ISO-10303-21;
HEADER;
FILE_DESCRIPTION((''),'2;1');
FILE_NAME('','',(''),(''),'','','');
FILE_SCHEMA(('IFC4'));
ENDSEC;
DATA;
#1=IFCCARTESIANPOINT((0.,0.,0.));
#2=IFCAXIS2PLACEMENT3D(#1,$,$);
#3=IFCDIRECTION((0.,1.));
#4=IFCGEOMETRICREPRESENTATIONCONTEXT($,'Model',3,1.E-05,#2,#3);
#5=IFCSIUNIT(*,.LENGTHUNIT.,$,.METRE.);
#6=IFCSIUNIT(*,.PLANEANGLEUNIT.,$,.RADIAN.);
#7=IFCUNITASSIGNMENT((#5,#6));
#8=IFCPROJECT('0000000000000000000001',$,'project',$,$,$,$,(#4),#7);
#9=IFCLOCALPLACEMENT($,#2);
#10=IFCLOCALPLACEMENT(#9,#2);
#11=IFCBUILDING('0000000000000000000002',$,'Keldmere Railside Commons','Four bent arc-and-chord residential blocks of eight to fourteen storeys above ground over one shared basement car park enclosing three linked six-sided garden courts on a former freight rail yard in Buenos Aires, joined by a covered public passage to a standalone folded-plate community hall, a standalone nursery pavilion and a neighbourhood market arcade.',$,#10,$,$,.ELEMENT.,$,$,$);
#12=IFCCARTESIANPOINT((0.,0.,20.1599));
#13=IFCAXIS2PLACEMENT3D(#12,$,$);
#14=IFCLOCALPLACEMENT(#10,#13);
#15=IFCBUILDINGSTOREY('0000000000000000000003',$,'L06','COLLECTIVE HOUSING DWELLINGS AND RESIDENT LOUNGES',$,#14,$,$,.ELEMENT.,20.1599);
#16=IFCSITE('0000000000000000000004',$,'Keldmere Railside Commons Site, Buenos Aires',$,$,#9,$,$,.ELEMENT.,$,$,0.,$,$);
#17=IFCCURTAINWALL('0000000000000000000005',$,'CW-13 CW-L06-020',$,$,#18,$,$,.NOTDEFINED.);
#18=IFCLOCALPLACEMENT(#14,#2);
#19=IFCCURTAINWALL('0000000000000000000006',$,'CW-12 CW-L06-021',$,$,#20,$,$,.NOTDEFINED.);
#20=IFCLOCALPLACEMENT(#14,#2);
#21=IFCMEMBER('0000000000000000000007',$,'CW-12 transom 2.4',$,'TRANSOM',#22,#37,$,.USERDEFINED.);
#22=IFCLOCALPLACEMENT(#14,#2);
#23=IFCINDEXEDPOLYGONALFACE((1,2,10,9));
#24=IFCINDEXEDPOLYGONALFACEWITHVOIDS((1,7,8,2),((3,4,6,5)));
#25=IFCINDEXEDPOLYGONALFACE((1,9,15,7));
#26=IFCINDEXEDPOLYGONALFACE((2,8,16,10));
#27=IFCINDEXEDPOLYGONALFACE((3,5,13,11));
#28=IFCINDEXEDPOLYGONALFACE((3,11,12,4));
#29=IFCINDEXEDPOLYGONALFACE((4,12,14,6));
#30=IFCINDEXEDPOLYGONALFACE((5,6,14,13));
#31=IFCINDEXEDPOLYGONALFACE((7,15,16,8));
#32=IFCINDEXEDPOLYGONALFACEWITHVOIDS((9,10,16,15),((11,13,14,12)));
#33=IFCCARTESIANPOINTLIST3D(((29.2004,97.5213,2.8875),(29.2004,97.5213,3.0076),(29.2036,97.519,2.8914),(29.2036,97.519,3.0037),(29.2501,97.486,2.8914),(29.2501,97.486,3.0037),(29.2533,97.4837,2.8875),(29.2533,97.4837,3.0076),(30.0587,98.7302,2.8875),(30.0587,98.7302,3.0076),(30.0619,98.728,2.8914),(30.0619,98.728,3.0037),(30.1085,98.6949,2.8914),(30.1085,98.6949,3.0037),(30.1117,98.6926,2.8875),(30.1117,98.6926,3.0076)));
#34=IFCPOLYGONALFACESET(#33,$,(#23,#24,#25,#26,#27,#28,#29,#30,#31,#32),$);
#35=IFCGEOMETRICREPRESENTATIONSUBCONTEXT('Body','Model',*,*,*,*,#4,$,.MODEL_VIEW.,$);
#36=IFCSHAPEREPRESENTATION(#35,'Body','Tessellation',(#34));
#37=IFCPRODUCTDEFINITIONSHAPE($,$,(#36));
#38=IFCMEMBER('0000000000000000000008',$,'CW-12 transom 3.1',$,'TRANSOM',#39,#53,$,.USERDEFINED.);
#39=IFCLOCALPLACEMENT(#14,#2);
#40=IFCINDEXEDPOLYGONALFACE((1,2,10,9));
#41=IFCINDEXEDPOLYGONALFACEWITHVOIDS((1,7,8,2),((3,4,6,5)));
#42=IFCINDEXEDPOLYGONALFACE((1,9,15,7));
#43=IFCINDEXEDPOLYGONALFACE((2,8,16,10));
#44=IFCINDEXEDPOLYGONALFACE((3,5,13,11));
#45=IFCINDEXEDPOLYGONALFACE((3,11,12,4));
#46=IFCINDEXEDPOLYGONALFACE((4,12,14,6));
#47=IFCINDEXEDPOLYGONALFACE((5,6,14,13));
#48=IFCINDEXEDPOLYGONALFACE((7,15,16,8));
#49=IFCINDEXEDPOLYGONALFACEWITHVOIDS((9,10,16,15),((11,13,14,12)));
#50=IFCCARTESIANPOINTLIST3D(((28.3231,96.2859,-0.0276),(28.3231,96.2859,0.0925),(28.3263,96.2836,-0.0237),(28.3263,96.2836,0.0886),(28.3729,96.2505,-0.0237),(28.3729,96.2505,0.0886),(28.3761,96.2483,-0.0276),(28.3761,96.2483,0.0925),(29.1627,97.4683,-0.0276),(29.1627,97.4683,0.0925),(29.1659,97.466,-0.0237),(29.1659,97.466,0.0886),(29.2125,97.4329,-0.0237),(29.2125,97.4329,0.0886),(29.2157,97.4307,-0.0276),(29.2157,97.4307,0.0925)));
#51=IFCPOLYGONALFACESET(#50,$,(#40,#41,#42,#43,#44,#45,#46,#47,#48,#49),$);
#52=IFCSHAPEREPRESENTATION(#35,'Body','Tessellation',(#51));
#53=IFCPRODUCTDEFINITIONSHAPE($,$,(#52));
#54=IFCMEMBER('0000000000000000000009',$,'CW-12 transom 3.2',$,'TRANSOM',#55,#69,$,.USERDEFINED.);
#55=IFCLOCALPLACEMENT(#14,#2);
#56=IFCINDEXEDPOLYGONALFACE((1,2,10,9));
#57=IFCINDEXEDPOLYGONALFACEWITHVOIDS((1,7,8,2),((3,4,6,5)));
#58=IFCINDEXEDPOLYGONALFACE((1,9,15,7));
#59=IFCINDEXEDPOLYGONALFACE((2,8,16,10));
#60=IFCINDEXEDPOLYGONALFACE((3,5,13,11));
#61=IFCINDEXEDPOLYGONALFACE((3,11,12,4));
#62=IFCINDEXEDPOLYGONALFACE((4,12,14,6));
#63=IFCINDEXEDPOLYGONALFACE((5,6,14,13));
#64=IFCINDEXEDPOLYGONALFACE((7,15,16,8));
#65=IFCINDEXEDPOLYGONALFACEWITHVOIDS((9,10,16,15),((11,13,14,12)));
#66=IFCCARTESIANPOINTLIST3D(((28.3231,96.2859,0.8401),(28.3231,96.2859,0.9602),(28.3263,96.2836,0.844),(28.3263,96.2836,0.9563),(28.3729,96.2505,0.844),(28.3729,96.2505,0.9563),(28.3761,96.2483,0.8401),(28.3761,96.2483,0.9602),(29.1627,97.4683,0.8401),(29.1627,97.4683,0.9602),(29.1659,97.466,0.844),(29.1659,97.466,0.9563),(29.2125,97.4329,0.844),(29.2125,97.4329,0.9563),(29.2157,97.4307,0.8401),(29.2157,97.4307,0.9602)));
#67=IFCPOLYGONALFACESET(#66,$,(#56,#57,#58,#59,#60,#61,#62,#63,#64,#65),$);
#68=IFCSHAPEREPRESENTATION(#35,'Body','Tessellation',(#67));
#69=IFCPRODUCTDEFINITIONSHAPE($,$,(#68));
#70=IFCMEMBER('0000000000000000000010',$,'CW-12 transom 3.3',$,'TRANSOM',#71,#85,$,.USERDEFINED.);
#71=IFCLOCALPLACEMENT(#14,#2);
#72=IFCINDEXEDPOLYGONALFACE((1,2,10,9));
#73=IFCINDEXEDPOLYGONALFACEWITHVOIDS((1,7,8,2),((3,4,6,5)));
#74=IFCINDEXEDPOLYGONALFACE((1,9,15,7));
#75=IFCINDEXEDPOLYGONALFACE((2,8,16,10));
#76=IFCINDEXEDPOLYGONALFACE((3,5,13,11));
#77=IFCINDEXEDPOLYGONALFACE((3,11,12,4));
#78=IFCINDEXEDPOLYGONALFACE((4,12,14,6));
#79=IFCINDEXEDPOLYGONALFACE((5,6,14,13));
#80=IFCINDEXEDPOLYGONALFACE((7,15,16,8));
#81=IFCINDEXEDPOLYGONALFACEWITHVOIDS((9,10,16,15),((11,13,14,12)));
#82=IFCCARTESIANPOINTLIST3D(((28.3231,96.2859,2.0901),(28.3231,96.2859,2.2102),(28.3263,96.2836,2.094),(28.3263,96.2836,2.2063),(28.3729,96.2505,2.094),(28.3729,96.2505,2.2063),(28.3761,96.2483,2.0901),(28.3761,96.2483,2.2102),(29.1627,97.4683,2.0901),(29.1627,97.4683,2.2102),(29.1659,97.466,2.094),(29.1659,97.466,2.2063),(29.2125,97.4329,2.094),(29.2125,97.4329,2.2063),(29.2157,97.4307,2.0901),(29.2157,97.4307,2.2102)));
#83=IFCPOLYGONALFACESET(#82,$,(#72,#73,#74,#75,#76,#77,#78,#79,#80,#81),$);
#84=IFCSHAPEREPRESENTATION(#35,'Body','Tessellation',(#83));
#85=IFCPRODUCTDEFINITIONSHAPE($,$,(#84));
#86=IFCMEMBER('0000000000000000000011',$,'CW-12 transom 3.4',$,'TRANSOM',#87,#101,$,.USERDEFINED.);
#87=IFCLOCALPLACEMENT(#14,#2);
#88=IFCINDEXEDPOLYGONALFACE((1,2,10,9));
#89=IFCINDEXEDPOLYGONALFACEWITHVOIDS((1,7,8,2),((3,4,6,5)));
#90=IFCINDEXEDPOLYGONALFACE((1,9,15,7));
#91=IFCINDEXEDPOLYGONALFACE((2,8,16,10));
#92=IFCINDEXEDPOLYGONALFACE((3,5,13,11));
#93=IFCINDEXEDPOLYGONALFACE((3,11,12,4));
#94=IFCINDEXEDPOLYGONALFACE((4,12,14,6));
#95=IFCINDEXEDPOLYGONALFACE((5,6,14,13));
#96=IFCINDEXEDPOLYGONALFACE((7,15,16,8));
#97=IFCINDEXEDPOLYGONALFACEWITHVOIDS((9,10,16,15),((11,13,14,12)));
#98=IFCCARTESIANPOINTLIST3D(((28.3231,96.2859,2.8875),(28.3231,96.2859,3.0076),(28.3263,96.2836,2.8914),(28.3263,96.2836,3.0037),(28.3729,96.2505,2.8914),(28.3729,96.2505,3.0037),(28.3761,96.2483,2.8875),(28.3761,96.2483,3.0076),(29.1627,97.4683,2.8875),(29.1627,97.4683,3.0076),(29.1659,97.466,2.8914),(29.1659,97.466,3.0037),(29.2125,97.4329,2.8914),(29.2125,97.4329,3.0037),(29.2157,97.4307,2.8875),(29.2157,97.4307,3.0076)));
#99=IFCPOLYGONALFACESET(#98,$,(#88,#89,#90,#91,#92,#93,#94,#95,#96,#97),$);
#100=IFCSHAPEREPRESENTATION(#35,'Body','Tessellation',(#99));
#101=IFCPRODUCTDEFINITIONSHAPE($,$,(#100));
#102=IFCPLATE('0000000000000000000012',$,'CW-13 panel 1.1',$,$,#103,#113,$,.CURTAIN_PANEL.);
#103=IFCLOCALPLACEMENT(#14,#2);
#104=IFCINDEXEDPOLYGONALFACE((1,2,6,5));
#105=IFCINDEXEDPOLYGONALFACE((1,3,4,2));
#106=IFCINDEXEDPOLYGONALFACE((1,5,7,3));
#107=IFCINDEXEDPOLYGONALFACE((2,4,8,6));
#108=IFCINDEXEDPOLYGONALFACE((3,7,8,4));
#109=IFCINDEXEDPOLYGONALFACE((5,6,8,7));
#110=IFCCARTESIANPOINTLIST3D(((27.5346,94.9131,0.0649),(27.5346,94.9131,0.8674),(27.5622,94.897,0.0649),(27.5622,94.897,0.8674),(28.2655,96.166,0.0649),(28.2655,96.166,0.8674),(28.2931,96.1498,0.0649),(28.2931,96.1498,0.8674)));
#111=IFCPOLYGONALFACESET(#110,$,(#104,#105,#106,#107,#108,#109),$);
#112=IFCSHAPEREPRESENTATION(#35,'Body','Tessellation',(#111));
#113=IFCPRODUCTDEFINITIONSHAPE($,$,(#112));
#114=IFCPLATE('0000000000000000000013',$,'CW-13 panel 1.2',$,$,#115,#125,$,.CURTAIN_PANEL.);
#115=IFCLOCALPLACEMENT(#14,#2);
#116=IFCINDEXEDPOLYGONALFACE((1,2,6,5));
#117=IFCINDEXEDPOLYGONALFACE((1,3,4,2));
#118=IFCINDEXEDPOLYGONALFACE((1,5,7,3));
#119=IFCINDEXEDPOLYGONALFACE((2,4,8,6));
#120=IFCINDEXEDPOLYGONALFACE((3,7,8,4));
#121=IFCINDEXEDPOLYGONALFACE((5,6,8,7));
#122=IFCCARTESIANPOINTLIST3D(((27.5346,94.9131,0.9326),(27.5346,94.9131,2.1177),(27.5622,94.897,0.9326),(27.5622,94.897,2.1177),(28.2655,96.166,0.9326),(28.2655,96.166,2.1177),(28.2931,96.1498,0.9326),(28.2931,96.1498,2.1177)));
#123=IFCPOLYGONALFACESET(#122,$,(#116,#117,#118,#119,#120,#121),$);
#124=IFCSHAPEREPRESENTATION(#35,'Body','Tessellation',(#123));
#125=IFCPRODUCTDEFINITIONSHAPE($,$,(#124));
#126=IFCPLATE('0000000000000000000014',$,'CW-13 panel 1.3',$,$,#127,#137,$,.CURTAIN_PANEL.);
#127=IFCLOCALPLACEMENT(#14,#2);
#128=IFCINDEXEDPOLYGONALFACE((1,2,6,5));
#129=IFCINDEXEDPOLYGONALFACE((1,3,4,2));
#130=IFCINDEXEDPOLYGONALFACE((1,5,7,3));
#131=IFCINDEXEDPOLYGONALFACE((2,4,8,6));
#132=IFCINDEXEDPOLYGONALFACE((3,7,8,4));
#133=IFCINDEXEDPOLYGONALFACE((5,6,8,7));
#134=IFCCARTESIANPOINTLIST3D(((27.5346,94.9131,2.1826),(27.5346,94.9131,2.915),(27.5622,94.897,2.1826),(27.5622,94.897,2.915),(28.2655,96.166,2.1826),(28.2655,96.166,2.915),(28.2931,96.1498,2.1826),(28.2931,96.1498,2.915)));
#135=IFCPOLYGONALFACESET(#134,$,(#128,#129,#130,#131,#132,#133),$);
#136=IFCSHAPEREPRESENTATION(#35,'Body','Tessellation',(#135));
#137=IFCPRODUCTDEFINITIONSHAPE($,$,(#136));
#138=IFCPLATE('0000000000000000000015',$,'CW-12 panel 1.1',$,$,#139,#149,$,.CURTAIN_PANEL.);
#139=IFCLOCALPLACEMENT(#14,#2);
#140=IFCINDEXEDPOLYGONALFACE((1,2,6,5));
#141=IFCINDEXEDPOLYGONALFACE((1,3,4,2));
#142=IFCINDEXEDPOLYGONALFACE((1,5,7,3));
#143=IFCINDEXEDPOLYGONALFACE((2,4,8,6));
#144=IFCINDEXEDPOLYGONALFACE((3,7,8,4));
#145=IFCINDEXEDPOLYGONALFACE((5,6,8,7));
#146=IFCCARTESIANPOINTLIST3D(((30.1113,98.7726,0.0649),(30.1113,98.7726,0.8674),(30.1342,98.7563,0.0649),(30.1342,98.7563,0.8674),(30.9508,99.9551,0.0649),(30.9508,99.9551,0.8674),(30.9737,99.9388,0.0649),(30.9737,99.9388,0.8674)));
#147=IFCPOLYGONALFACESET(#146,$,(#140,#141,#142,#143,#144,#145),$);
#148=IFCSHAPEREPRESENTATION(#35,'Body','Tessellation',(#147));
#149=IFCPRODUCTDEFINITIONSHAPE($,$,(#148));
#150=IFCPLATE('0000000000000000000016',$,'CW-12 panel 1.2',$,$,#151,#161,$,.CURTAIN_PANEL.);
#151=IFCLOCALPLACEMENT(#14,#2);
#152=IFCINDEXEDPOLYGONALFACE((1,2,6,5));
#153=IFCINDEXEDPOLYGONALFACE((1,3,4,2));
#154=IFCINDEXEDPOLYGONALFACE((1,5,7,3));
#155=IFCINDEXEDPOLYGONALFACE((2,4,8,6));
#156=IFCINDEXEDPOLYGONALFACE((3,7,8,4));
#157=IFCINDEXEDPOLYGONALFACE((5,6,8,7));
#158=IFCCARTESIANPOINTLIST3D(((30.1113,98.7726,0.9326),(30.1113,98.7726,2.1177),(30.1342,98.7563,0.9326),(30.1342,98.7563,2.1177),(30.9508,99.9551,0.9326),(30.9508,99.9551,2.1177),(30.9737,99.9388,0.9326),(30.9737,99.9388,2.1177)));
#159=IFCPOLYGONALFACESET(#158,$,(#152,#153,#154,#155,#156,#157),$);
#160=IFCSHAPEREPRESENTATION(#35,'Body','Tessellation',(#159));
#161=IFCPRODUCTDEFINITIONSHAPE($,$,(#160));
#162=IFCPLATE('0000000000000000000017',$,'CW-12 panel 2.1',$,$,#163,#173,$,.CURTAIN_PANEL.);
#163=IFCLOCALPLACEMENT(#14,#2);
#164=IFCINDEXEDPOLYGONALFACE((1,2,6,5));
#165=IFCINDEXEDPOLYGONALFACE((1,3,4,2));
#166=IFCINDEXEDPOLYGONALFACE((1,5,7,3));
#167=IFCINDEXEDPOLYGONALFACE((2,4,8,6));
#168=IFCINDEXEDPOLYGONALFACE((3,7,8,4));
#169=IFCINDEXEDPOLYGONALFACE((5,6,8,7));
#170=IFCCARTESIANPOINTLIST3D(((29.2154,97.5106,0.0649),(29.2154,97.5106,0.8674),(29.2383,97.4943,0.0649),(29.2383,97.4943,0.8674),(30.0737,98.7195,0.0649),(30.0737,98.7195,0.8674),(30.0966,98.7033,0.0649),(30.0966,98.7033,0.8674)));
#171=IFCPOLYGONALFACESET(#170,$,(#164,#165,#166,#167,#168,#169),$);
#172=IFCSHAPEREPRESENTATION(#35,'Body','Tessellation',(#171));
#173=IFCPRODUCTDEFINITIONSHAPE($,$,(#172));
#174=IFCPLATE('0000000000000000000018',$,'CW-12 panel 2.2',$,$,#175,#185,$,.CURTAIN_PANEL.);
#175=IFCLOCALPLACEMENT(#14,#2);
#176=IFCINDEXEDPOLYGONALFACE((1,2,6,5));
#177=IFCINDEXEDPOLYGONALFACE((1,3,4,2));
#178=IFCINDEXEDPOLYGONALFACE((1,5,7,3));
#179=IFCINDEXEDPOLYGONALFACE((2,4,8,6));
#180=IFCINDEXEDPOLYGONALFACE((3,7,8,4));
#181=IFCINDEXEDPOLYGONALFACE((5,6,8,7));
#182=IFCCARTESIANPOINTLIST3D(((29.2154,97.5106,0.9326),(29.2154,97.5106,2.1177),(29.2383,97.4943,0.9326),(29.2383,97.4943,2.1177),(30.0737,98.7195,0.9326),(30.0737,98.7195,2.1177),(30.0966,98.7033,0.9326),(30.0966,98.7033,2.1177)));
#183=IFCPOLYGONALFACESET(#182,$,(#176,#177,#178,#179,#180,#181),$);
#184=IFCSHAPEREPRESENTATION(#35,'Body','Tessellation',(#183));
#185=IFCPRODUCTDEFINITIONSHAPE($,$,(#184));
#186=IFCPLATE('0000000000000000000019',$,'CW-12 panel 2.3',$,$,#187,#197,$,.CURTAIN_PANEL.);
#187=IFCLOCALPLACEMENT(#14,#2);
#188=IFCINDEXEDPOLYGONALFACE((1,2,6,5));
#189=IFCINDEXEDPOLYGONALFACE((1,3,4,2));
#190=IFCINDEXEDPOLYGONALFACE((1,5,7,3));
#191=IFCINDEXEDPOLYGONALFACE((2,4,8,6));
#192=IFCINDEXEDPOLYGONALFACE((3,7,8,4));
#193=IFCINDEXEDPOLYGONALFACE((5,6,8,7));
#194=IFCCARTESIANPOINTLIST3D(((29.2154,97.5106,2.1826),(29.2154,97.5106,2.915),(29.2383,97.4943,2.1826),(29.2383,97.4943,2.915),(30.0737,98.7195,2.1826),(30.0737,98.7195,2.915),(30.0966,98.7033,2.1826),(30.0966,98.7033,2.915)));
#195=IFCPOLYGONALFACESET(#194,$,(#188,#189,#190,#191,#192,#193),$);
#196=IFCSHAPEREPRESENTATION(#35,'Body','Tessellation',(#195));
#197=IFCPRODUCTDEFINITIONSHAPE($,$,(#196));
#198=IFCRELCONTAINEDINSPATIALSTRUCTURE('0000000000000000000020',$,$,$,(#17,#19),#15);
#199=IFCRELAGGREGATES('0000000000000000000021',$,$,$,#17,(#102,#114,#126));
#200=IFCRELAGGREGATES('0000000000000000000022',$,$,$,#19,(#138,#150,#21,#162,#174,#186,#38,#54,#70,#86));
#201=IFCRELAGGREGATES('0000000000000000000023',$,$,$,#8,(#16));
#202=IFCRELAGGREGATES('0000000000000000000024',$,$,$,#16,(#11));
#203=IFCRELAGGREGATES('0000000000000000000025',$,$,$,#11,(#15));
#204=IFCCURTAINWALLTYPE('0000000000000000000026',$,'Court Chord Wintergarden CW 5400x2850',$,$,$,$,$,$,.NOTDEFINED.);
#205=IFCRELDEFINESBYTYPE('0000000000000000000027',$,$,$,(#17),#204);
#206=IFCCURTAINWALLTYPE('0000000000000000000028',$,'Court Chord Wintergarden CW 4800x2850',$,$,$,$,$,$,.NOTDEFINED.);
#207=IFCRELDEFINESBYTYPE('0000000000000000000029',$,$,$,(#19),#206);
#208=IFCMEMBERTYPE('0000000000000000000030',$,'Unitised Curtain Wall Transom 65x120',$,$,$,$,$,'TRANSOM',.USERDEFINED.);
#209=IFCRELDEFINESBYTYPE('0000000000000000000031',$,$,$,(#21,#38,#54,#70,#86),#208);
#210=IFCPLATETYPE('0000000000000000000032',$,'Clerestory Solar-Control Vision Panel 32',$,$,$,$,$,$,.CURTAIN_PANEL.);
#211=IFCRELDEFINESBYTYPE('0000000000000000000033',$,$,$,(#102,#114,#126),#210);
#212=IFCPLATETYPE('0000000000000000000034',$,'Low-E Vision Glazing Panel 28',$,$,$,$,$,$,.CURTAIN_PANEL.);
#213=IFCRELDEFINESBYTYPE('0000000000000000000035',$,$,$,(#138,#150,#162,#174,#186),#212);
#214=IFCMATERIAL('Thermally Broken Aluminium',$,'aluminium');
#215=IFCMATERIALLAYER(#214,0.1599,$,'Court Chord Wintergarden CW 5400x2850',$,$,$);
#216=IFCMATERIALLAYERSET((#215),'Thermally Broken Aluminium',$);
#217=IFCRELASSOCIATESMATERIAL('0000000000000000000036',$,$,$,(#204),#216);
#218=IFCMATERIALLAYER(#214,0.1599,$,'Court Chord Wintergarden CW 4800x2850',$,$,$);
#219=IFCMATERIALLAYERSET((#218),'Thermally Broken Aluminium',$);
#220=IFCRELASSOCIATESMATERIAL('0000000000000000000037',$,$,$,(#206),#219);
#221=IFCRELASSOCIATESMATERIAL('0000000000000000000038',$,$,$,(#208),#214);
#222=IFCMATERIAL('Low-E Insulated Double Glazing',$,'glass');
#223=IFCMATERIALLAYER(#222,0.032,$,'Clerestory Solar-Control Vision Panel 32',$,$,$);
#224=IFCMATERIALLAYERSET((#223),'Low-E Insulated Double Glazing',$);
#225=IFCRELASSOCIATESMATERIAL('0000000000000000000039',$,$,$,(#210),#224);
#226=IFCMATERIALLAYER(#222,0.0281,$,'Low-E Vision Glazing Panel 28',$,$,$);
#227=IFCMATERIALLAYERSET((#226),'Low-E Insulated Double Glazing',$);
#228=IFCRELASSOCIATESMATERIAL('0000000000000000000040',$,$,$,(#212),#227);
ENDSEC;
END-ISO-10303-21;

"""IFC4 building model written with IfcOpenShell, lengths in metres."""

from ifc_helpers import new_model, si_unit, direction, frame, origin, origin_2d, place, context, subcontext, project, spatial, rectangle, hollow_rectangle, extrude, material, layer, layer_set, material_profile, profile_set, type_object, element, aggregate, save


model = new_model("IFC4")

# Units and contexts
model_context = context("Model", 3, precision=1e-05, world=origin(), true_north=direction((0.0, 1.0)))
body_context = subcontext(model_context, "Body", "Model", "MODEL_VIEW")
ifc_project = project(units=[si_unit("LENGTHUNIT", "METRE"), si_unit("PLANEANGLEUNIT", "RADIAN")], contexts=[model_context])

# Site, building, storey
site_placement = place(None, origin())
site = spatial("IfcSite", under=ifc_project, at=site_placement, Name="Keldmere Railside Commons Site, Buenos Aires", CompositionType="ELEMENT", RefElevation=0.0)
building_placement = place(site_placement, origin())
building = spatial("IfcBuilding", under=site, at=building_placement, Name="Keldmere Railside Commons", Description="Four bent arc-and-chord residential blocks of eight to fourteen storeys above ground over one shared basement car park enclosing three linked six-sided garden courts on a former freight rail yard in Buenos Aires, joined by a covered public passage to a standalone folded-plate community hall, a standalone nursery pavilion and a neighbourhood market arcade.", CompositionType="ELEMENT")
storey_placement = place(building_placement, frame((0.0, 0.0, 20.1599)))
storey = spatial("IfcBuildingStorey", under=building, at=storey_placement, Name="L06", Description="COLLECTIVE HOUSING DWELLINGS AND RESIDENT LOUNGES", CompositionType="ELEMENT", Elevation=20.1599)

# Curtain wall
ifc_material_1 = material(Name="Thermally Broken Aluminium", Category="aluminium")
ifc_layer_1 = layer(ifc_material_1, 0.1599, Name="Court Chord Wintergarden CW 5400x2850")
ifc_layer_set_1 = layer_set([ifc_layer_1], Name="Thermally Broken Aluminium")
curtain_wall_type_1 = type_object("IfcCurtainWallType", Name="Court Chord Wintergarden CW 5400x2850", PredefinedType="NOTDEFINED", material=ifc_layer_set_1)
curtain_wall_1_placement = place(storey_placement, origin())
curtain_wall_1 = element("IfcCurtainWall", 1, at=curtain_wall_1_placement, inside=storey, type_object=curtain_wall_type_1, Name="CW-13 CW-L06-020", PredefinedType="NOTDEFINED")

# Curtain wall
ifc_layer_2 = layer(ifc_material_1, 0.1599, Name="Court Chord Wintergarden CW 4800x2850")
ifc_layer_set_2 = layer_set([ifc_layer_2], Name="Thermally Broken Aluminium")
curtain_wall_type_2 = type_object("IfcCurtainWallType", Name="Court Chord Wintergarden CW 4800x2850", PredefinedType="NOTDEFINED", material=ifc_layer_set_2)
curtain_wall_2_placement = place(storey_placement, origin())
curtain_wall_2 = element("IfcCurtainWall", 2, at=curtain_wall_2_placement, inside=storey, type_object=curtain_wall_type_2, Name="CW-12 CW-L06-021", PredefinedType="NOTDEFINED")

# Members
ifc_material_profile_1 = material_profile(ifc_material_1, hollow_rectangle(XDim=0.0649, YDim=0.1201, WallThickness=0.0039, at=origin_2d()), Name="ALU-TRAN-65x120")
ifc_profile_set_1 = profile_set([ifc_material_profile_1], Name="Thermally Broken Aluminium")
member_type_1 = type_object("IfcMemberType", Name="Unitised Curtain Wall Transom 65x120", ElementType="TRANSOM", PredefinedType="USERDEFINED", material=ifc_profile_set_1)
member_1_placement = place(storey_placement, frame((30.0852, 98.7114, 2.9475), z_axis=(-0.578931, -0.815377, 0.0), x_axis=(0.815377, -0.578931, 0.0)))
member_1 = element("IfcMember", 3, at=member_1_placement, type_object=member_type_1, Name="CW-12 transom 2.4", ObjectType="TRANSOM", PredefinedType="USERDEFINED", context=body_context, shape_type="SweptSolid", body=[
    extrude(hollow_rectangle(XDim=0.0649, YDim=0.1201, WallThickness=0.0039, at=origin_2d()), origin(), (0.0, 0.0, 1.0), 1.4827),
])
member_2_placement = place(storey_placement, frame((29.1892, 97.4495, 0.0325), z_axis=(-0.578975, -0.815346, 0.0), x_axis=(0.815346, -0.578975, 0.0)))
member_2 = element("IfcMember", 4, at=member_2_placement, type_object=member_type_1, Name="CW-12 transom 3.1", ObjectType="TRANSOM", PredefinedType="USERDEFINED", context=body_context, shape_type="SweptSolid", body=[
    extrude(hollow_rectangle(XDim=0.0649, YDim=0.1201, WallThickness=0.0039, at=origin_2d()), origin(), (0.0, 0.0, 1.0), 1.4502),
])
member_3_placement = place(storey_placement, frame((29.1892, 97.4495, 0.9001), z_axis=(-0.578975, -0.815346, 0.0), x_axis=(0.815346, -0.578975, 0.0)))
member_3 = element("IfcMember", 5, at=member_3_placement, type_object=member_type_1, Name="CW-12 transom 3.2", ObjectType="TRANSOM", PredefinedType="USERDEFINED", context=body_context, shape_type="SweptSolid", body=[
    extrude(hollow_rectangle(XDim=0.0649, YDim=0.1201, WallThickness=0.0039, at=origin_2d()), origin(), (0.0, 0.0, 1.0), 1.4502),
])
member_4_placement = place(storey_placement, frame((29.1892, 97.4495, 2.1501), z_axis=(-0.578975, -0.815346, 0.0), x_axis=(0.815346, -0.578975, 0.0)))
member_4 = element("IfcMember", 6, at=member_4_placement, type_object=member_type_1, Name="CW-12 transom 3.3", ObjectType="TRANSOM", PredefinedType="USERDEFINED", context=body_context, shape_type="SweptSolid", body=[
    extrude(hollow_rectangle(XDim=0.0649, YDim=0.1201, WallThickness=0.0039, at=origin_2d()), origin(), (0.0, 0.0, 1.0), 1.4502),
])
member_5_placement = place(storey_placement, frame((29.1892, 97.4495, 2.9475), z_axis=(-0.578975, -0.815346, 0.0), x_axis=(0.815346, -0.578975, 0.0)))
member_5 = element("IfcMember", 7, at=member_5_placement, type_object=member_type_1, Name="CW-12 transom 3.4", ObjectType="TRANSOM", PredefinedType="USERDEFINED", context=body_context, shape_type="SweptSolid", body=[
    extrude(hollow_rectangle(XDim=0.0649, YDim=0.1201, WallThickness=0.0039, at=origin_2d()), origin(), (0.0, 0.0, 1.0), 1.4502),
])

# Plates
ifc_material_2 = material(Name="Low-E Insulated Double Glazing", Category="glass")
ifc_layer_3 = layer(ifc_material_2, 0.032, Name="Clerestory Solar-Control Vision Panel 32")
ifc_layer_set_3 = layer_set([ifc_layer_3], Name="Low-E Insulated Double Glazing")
plate_type_1 = type_object("IfcPlateType", Name="Clerestory Solar-Control Vision Panel 32", PredefinedType="CURTAIN_PANEL", material=ifc_layer_set_3)
plate_1_placement = place(storey_placement, frame((27.9138, 95.5315, 0.0649), z_axis=(0.0, 0.0, 1.0), x_axis=(-0.503911, -0.863755, 0.0)))
plate_1 = element("IfcPlate", 8, at=plate_1_placement, type_object=plate_type_1, Name="CW-13 panel 1.1", PredefinedType="CURTAIN_PANEL", context=body_context, shape_type="SweptSolid", body=[
    extrude(rectangle(XDim=1.4504, YDim=0.032, at=origin_2d()), origin(), (0.0, 0.0, 1.0), 0.8025),
])
plate_2_placement = place(storey_placement, frame((27.9138, 95.5315, 0.9326), z_axis=(0.0, 0.0, 1.0), x_axis=(-0.503911, -0.863755, 0.0)))
plate_2 = element("IfcPlate", 9, at=plate_2_placement, type_object=plate_type_1, Name="CW-13 panel 1.2", PredefinedType="CURTAIN_PANEL", context=body_context, shape_type="SweptSolid", body=[
    extrude(rectangle(XDim=1.4504, YDim=0.032, at=origin_2d()), origin(), (0.0, 0.0, 1.0), 1.1851),
])
plate_3_placement = place(storey_placement, frame((27.9138, 95.5315, 2.1826), z_axis=(0.0, 0.0, 1.0), x_axis=(-0.503911, -0.863755, 0.0)))
plate_3 = element("IfcPlate", 10, at=plate_3_placement, type_object=plate_type_1, Name="CW-13 panel 1.3", PredefinedType="CURTAIN_PANEL", context=body_context, shape_type="SweptSolid", body=[
    extrude(rectangle(XDim=1.4504, YDim=0.032, at=origin_2d()), origin(), (0.0, 0.0, 1.0), 0.7324),
])
aggregate(curtain_wall_1, [plate_1, plate_2, plate_3])
ifc_layer_4 = layer(ifc_material_2, 0.0281, Name="Low-E Vision Glazing Panel 28")
ifc_layer_set_4 = layer_set([ifc_layer_4], Name="Low-E Insulated Double Glazing")
plate_type_2 = type_object("IfcPlateType", Name="Low-E Vision Glazing Panel 28", PredefinedType="CURTAIN_PANEL", material=ifc_layer_set_4)
plate_4_placement = place(storey_placement, frame((30.5425, 99.3557, 0.0649), z_axis=(0.0, 0.0, 1.0), x_axis=(-0.578913, -0.815389, 0.0)))
plate_4 = element("IfcPlate", 11, at=plate_4_placement, type_object=plate_type_2, Name="CW-12 panel 1.1", PredefinedType="CURTAIN_PANEL", context=body_context, shape_type="SweptSolid", body=[
    extrude(rectangle(XDim=1.4502, YDim=0.0281, at=origin_2d()), origin(), (0.0, 0.0, 1.0), 0.8025),
])
plate_5_placement = place(storey_placement, frame((30.5425, 99.3557, 0.9326), z_axis=(0.0, 0.0, 1.0), x_axis=(-0.578913, -0.815389, 0.0)))
plate_5 = element("IfcPlate", 12, at=plate_5_placement, type_object=plate_type_2, Name="CW-12 panel 1.2", PredefinedType="CURTAIN_PANEL", context=body_context, shape_type="SweptSolid", body=[
    extrude(rectangle(XDim=1.4502, YDim=0.0281, at=origin_2d()), origin(), (0.0, 0.0, 1.0), 1.1851),
])
plate_6_placement = place(storey_placement, frame((29.656, 98.1069, 0.0649), z_axis=(0.0, 0.0, 1.0), x_axis=(-0.578913, -0.815389, 0.0)))
plate_6 = element("IfcPlate", 13, at=plate_6_placement, type_object=plate_type_2, Name="CW-12 panel 2.1", PredefinedType="CURTAIN_PANEL", context=body_context, shape_type="SweptSolid", body=[
    extrude(rectangle(XDim=1.4827, YDim=0.0281, at=origin_2d()), origin(), (0.0, 0.0, 1.0), 0.8025),
])
plate_7_placement = place(storey_placement, frame((29.656, 98.1069, 0.9326), z_axis=(0.0, 0.0, 1.0), x_axis=(-0.578913, -0.815389, 0.0)))
plate_7 = element("IfcPlate", 14, at=plate_7_placement, type_object=plate_type_2, Name="CW-12 panel 2.2", PredefinedType="CURTAIN_PANEL", context=body_context, shape_type="SweptSolid", body=[
    extrude(rectangle(XDim=1.4827, YDim=0.0281, at=origin_2d()), origin(), (0.0, 0.0, 1.0), 1.1851),
])
plate_8_placement = place(storey_placement, frame((29.656, 98.1069, 2.1826), z_axis=(0.0, 0.0, 1.0), x_axis=(-0.578913, -0.815389, 0.0)))
plate_8 = element("IfcPlate", 15, at=plate_8_placement, type_object=plate_type_2, Name="CW-12 panel 2.3", PredefinedType="CURTAIN_PANEL", context=body_context, shape_type="SweptSolid", body=[
    extrude(rectangle(XDim=1.4827, YDim=0.0281, at=origin_2d()), origin(), (0.0, 0.0, 1.0), 0.7324),
])
aggregate(curtain_wall_2, [plate_4, plate_5, member_1, plate_6, plate_7, plate_8, member_2, member_3, member_4, member_5])

save(model, "model.ifc")
